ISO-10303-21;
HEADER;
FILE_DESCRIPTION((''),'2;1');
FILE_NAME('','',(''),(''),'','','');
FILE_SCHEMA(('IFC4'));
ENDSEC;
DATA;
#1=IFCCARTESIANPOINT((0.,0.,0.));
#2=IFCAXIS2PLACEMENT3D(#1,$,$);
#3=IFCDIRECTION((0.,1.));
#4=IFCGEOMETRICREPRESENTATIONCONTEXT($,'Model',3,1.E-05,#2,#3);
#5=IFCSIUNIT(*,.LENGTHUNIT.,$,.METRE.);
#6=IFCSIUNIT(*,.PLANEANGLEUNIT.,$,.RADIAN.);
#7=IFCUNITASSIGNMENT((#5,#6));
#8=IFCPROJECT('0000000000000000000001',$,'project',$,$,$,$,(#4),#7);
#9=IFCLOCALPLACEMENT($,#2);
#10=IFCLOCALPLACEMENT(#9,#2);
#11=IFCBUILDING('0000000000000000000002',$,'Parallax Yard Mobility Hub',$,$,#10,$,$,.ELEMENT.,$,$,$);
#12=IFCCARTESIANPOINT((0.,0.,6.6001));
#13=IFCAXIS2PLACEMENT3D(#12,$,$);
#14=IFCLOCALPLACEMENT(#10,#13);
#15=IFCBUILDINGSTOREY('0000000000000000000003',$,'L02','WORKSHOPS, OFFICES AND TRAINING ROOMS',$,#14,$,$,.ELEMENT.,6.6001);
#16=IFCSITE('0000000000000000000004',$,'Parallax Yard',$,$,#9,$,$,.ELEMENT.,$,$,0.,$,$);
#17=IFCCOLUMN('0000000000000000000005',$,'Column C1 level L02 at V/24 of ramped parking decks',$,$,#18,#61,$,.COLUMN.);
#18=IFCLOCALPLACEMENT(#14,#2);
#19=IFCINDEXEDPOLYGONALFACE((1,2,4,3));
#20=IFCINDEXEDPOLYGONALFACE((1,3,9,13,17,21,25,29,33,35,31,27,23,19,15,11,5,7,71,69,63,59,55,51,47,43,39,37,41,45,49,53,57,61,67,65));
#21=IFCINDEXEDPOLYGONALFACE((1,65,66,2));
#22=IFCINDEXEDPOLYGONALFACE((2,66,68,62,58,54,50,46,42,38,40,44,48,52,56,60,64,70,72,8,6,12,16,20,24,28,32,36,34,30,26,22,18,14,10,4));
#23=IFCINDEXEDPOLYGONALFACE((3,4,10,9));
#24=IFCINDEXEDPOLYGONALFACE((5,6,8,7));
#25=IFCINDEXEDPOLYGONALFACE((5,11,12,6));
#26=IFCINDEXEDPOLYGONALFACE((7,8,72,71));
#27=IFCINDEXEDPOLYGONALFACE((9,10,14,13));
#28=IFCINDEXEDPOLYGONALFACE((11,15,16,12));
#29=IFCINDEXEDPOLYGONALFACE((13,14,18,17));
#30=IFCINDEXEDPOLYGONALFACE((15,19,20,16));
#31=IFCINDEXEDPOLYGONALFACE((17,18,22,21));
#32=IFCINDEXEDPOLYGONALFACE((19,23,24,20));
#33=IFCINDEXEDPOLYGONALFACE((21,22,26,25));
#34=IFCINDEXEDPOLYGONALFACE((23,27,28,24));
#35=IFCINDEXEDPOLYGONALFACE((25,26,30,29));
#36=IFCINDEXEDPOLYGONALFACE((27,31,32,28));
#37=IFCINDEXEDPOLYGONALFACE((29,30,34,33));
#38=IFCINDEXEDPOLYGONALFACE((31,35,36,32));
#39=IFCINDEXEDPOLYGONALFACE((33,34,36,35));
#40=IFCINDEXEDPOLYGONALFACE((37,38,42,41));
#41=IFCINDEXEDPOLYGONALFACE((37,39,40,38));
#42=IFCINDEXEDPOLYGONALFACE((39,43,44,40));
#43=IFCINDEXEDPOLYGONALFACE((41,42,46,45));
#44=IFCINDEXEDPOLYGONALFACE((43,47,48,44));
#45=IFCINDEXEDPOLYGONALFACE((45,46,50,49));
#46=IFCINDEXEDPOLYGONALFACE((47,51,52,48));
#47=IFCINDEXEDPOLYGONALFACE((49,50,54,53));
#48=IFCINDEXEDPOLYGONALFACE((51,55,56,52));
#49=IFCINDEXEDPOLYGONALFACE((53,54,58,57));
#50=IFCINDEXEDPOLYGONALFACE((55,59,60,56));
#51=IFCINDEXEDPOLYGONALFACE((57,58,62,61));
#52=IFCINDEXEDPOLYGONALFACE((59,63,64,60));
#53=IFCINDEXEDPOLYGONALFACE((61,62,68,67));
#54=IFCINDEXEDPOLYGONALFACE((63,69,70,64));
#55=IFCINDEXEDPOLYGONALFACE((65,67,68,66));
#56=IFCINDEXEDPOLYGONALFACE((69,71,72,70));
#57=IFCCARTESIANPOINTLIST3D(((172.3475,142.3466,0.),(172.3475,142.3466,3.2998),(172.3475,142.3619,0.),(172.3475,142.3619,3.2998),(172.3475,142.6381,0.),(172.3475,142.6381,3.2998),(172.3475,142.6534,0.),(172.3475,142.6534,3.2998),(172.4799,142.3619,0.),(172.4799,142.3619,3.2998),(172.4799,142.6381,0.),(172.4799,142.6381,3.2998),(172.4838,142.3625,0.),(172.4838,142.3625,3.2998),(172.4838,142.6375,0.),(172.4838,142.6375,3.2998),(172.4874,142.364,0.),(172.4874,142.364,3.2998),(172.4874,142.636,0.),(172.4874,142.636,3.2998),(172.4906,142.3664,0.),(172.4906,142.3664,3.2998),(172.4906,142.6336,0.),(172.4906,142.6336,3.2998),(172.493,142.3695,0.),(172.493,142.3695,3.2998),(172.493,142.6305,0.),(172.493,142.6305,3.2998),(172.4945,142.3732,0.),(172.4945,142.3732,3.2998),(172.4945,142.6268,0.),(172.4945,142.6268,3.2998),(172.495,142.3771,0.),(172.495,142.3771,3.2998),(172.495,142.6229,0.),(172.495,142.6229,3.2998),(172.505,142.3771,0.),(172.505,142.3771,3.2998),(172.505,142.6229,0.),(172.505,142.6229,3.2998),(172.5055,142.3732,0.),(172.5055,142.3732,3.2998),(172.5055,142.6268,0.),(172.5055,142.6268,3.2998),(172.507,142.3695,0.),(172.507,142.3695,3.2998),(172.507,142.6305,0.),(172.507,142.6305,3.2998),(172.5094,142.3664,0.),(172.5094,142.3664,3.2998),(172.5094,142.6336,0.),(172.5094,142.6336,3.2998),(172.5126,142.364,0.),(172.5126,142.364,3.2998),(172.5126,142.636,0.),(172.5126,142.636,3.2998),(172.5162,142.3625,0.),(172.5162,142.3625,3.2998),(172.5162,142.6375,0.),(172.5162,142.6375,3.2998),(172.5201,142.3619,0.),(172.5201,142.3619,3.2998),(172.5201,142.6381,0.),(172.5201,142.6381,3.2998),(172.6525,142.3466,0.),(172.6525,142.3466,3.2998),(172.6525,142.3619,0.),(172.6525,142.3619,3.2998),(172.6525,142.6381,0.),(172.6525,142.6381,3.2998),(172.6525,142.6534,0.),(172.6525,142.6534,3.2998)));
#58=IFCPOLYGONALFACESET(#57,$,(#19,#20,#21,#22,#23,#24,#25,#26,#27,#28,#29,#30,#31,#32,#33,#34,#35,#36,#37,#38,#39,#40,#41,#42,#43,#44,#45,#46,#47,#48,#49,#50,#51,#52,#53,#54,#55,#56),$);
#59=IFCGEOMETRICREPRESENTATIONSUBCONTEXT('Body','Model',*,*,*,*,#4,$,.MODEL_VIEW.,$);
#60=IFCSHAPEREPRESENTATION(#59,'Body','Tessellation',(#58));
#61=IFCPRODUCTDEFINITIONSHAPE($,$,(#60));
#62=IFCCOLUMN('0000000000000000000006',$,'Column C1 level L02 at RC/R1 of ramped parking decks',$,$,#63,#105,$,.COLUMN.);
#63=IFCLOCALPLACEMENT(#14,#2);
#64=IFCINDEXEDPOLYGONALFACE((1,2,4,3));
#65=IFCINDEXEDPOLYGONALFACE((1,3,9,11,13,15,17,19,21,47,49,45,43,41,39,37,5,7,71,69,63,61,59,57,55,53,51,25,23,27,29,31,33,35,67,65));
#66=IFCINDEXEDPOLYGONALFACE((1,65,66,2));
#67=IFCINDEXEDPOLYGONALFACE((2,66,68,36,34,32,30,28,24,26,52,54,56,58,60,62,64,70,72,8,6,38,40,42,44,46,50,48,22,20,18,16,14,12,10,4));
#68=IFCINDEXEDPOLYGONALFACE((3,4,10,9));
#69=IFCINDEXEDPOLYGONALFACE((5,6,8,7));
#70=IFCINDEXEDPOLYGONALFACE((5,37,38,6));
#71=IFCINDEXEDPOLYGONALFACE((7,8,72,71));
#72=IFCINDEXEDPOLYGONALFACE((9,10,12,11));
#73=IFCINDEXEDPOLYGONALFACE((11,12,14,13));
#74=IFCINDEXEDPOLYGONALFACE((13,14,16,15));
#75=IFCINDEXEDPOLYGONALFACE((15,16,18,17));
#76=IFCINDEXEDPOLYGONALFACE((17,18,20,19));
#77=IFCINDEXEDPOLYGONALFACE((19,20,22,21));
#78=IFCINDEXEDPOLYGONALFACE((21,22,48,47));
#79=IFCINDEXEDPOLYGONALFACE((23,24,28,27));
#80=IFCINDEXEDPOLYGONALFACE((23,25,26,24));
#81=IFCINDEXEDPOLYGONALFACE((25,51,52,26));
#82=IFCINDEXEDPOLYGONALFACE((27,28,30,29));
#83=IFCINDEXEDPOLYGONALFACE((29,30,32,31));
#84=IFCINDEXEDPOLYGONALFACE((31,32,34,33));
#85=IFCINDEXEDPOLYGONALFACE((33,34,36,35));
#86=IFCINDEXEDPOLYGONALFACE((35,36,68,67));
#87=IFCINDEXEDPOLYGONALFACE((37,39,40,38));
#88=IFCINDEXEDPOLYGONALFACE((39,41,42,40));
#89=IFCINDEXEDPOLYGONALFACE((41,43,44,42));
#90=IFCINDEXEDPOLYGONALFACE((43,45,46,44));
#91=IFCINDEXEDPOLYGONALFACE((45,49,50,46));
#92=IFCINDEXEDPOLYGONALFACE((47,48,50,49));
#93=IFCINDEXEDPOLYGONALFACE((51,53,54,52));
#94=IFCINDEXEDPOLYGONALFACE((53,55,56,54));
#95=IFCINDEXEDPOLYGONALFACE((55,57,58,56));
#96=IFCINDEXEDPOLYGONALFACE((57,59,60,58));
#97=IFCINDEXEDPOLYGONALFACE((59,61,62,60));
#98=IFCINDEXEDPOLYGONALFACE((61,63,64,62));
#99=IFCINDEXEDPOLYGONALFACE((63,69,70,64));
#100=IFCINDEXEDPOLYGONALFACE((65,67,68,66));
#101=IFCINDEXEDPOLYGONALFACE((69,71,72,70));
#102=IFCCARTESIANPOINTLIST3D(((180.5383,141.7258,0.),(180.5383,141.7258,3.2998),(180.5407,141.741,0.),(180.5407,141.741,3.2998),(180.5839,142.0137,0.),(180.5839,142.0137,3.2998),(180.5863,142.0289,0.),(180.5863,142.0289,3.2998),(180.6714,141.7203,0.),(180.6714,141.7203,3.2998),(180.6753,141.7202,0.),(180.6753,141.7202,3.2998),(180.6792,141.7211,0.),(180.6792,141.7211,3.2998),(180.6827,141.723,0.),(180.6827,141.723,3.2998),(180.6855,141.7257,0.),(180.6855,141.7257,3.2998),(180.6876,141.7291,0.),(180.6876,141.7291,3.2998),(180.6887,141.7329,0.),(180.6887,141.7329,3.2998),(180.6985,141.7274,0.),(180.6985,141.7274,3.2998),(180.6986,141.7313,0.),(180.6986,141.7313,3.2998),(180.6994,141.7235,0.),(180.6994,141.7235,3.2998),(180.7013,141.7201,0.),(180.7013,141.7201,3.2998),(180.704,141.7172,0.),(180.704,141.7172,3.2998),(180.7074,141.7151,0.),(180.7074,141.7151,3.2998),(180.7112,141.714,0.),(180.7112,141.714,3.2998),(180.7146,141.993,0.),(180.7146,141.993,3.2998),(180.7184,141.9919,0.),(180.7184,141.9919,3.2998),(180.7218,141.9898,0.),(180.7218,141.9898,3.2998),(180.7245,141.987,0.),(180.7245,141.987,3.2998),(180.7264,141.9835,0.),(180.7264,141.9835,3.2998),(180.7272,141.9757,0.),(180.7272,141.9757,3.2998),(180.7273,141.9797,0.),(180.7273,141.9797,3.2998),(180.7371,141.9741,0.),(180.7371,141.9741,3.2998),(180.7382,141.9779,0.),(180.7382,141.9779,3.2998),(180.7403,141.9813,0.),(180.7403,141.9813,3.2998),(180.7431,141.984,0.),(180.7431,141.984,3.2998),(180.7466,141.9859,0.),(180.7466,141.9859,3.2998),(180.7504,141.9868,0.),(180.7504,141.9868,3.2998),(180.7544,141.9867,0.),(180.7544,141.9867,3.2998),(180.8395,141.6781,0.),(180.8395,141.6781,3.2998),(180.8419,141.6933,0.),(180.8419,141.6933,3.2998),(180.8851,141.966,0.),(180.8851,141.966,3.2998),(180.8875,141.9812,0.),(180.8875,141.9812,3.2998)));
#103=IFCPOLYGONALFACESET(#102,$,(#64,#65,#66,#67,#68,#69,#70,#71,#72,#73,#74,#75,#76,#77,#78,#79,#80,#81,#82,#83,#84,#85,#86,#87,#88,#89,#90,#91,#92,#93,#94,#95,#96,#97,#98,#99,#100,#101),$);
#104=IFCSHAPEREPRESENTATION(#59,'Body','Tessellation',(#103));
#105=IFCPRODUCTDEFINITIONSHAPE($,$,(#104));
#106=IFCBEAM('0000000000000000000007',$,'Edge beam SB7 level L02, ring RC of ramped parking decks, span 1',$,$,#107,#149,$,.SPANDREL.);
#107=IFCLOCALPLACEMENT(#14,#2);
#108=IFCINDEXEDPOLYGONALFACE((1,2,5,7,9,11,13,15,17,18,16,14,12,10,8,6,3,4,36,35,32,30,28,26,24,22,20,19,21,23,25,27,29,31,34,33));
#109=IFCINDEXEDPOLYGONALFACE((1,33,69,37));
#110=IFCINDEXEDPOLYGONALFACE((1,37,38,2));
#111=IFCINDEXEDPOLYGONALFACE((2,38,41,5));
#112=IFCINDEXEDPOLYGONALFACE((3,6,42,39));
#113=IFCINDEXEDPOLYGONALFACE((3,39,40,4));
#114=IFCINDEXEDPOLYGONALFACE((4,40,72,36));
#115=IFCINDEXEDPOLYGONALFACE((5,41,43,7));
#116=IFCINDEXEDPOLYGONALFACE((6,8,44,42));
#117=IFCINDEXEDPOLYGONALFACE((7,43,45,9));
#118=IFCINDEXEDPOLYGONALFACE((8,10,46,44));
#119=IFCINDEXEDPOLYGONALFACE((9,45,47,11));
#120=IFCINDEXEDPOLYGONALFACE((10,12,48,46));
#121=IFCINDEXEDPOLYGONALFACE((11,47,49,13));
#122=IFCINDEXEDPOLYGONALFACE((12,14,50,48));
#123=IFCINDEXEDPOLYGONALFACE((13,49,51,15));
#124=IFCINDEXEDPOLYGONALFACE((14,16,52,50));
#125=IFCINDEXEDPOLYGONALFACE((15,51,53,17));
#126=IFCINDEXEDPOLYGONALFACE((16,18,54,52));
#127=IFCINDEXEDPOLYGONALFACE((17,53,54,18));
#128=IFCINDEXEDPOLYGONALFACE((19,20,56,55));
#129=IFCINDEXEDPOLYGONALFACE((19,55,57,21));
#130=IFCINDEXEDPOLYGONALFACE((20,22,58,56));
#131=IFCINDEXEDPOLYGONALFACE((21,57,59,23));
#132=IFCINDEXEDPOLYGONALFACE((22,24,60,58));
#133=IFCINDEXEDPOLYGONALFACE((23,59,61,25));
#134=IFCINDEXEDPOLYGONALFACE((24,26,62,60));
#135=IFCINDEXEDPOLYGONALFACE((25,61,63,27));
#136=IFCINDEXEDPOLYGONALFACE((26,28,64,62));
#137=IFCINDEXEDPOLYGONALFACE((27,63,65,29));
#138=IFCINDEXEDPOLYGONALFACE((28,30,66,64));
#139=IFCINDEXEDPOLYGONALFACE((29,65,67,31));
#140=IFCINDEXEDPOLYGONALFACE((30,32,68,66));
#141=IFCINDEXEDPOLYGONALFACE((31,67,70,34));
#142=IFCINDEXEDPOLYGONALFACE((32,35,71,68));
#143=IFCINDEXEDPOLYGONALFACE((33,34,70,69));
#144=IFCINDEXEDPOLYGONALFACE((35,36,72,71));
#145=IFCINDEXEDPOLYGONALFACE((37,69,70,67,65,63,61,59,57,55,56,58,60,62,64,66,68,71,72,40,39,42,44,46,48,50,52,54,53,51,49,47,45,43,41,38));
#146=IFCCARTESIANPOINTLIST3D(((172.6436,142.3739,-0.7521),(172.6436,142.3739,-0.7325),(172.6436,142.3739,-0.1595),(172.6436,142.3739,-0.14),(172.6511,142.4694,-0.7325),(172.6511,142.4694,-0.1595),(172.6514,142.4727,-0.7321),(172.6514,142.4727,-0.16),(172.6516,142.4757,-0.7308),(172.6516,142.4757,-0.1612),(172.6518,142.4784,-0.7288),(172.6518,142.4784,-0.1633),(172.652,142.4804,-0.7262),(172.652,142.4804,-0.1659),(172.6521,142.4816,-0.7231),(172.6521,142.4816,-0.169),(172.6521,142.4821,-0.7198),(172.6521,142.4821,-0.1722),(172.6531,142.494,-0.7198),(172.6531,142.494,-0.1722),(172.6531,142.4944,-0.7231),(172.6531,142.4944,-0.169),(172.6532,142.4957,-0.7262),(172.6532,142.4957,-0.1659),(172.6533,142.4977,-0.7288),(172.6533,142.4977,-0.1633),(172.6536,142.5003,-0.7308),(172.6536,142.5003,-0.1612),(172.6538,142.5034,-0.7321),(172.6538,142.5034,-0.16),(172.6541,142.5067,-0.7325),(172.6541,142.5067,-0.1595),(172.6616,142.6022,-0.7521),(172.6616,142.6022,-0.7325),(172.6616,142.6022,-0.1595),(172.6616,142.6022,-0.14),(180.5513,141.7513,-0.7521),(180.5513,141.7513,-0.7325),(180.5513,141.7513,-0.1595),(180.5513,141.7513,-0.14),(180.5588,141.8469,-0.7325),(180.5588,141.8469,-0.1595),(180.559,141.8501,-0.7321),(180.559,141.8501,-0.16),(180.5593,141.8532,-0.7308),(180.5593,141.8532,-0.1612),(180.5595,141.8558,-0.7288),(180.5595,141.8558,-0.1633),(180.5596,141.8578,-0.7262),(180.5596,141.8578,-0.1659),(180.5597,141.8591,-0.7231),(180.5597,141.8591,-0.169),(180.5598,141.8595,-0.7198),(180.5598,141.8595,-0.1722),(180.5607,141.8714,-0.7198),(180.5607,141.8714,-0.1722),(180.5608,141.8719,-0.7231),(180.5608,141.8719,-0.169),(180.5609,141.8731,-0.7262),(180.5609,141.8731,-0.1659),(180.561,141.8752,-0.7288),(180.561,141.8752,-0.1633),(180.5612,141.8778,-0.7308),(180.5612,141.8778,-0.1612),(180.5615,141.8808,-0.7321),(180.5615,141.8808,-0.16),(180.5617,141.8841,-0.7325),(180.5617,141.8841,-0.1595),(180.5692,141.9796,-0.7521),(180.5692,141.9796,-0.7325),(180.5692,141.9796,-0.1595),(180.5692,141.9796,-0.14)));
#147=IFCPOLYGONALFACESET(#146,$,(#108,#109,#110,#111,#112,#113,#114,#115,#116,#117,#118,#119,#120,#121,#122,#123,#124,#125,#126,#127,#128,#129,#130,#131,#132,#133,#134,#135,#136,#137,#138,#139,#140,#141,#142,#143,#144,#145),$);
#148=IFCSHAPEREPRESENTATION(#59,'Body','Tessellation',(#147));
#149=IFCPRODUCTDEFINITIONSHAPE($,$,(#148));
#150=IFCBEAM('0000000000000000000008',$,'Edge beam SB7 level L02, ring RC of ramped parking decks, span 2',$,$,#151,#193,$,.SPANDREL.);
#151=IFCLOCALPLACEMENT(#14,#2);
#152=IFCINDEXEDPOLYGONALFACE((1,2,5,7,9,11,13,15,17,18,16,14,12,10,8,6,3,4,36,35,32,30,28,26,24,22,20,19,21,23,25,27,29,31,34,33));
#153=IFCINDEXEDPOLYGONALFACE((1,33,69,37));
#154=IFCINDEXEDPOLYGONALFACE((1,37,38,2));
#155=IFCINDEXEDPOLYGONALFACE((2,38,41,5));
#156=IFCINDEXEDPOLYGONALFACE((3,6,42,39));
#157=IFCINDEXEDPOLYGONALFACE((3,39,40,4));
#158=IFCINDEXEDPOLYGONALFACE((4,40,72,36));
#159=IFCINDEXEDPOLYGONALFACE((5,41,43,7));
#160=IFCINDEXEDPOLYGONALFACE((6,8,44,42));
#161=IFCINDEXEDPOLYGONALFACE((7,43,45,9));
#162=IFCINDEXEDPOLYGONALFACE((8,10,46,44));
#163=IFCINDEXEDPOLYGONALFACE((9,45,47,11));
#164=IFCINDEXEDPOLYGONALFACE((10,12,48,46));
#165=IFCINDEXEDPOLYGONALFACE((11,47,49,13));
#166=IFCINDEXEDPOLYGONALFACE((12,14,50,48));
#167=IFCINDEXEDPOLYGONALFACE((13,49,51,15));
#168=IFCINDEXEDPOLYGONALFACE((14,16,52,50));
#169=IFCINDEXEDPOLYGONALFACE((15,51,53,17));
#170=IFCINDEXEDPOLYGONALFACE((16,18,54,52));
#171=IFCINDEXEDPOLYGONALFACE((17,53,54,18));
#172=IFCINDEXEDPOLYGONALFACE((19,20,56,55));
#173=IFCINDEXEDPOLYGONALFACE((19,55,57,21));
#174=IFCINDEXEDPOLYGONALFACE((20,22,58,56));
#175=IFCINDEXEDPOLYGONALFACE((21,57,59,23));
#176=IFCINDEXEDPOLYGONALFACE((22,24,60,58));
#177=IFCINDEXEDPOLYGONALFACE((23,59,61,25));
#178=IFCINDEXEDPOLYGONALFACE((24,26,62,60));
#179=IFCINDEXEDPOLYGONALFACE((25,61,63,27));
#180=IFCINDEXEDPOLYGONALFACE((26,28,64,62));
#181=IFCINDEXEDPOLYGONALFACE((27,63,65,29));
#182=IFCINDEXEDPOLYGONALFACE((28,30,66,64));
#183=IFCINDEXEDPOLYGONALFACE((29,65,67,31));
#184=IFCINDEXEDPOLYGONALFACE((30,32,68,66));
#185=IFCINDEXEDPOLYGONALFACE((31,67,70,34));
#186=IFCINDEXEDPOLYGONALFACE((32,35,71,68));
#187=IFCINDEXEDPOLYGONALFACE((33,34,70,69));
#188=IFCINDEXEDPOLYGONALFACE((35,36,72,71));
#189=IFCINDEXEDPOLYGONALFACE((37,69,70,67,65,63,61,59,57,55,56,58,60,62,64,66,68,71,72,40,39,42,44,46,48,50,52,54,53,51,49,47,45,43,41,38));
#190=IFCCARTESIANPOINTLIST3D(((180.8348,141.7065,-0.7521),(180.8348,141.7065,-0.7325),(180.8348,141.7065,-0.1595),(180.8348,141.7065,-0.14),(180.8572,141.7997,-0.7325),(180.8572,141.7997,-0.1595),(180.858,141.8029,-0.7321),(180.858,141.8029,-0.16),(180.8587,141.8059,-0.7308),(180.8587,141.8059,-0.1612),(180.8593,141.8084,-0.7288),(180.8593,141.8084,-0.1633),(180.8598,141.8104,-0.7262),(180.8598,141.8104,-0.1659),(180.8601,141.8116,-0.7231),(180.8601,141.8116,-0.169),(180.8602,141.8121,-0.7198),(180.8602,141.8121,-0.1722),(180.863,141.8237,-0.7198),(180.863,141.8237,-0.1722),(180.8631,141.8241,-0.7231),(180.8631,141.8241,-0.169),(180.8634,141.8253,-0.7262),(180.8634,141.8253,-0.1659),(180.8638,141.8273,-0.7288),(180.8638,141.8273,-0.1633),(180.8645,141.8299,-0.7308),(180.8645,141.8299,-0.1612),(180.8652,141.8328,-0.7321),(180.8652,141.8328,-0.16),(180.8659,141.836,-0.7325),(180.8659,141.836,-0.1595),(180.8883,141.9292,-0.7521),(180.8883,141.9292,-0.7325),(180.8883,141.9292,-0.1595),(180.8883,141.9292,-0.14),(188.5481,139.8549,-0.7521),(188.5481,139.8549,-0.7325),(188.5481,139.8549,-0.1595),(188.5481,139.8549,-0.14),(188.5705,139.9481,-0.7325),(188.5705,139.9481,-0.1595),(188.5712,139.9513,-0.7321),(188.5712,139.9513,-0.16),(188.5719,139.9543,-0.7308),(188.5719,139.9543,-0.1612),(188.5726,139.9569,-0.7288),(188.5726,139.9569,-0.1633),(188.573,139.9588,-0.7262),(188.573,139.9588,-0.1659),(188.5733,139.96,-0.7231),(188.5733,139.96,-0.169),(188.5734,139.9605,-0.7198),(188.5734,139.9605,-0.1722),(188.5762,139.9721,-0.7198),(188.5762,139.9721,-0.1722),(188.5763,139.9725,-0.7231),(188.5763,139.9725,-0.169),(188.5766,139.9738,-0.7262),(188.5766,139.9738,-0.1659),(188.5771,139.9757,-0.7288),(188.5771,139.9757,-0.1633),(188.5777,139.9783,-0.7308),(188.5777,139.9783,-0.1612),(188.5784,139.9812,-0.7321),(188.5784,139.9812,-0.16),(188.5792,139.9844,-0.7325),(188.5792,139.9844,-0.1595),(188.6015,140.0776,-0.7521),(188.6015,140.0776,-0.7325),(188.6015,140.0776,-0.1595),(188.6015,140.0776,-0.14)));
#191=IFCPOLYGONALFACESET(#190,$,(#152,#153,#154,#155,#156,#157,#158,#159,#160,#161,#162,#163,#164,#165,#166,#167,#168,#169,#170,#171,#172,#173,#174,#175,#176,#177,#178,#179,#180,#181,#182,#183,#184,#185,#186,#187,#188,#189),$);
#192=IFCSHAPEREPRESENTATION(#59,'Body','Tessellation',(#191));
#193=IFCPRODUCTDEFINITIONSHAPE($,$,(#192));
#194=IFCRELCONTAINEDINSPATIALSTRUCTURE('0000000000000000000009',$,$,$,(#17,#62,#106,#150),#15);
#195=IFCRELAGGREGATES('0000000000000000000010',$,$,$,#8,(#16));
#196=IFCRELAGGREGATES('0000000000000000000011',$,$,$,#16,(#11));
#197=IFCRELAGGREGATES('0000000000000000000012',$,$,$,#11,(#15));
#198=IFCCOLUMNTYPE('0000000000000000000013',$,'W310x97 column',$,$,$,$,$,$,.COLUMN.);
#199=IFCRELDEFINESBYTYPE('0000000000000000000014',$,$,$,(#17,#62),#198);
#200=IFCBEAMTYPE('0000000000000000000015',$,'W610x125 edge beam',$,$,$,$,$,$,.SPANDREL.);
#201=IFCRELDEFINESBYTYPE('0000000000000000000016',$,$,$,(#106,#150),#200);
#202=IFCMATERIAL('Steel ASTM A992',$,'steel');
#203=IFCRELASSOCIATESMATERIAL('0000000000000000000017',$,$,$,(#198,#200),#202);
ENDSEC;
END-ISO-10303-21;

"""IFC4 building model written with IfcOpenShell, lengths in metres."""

from ifc_helpers import new_model, si_unit, direction, frame, origin, origin_2d, place, context, subcontext, project, spatial, i_section, extrude, material, material_profile, profile_set, type_object, element, save


model = new_model("IFC4")

# Units and contexts
model_context = context("Model", 3, precision=1e-05, world=origin(), true_north=direction((0.0, 1.0)))
body_context = subcontext(model_context, "Body", "Model", "MODEL_VIEW")
ifc_project = project(units=[si_unit("LENGTHUNIT", "METRE"), si_unit("PLANEANGLEUNIT", "RADIAN")], contexts=[model_context])

# Site, building, storey
site_placement = place(None, origin())
site = spatial("IfcSite", under=ifc_project, at=site_placement, Name="Parallax Yard", CompositionType="ELEMENT", RefElevation=0.0)
building_placement = place(site_placement, origin())
building = spatial("IfcBuilding", under=site, at=building_placement, Name="Parallax Yard Mobility Hub", CompositionType="ELEMENT")
storey_placement = place(building_placement, frame((0.0, 0.0, 6.6001)))
storey = spatial("IfcBuildingStorey", under=building, at=storey_placement, Name="L02", Description="WORKSHOPS, OFFICES AND TRAINING ROOMS", CompositionType="ELEMENT", Elevation=6.6001)

# Columns
ifc_material_1 = material(Name="Steel ASTM A992", Category="steel")
ifc_material_profile_1 = material_profile(ifc_material_1, i_section(OverallWidth=0.3049, OverallDepth=0.3069, WebThickness=0.01, FlangeThickness=0.0154, FilletRadius=0.0151, at=origin_2d()), Name="W310x97")
ifc_profile_set_1 = profile_set([ifc_material_profile_1], Name="Steel ASTM A992")
column_type = type_object("IfcColumnType", Name="W310x97 column", PredefinedType="COLUMN", material=ifc_profile_set_1)
for number, where, z_axis, x_axis, name in (
    (1, (172.5, 142.5, 0.0), (0.0, 0.0, 1.0), (1.0, 0.0, 0.0), "Column C1 level L02 at V/24 of ramped parking decks"),
    (2, (180.7129, 141.8535, 0.0), (0.0, 0.0, 1.0), (-0.987688, 0.156434, 0.0), "Column C1 level L02 at RC/R1 of ramped parking decks"),
):
    element("IfcColumn", number, at=place(storey_placement, frame(where, z_axis=z_axis, x_axis=x_axis)), inside=storey, type_object=column_type, Name=name, PredefinedType="COLUMN", context=body_context, shape_type="SweptSolid", body=[
        extrude(i_section(OverallWidth=0.3049, OverallDepth=0.3069, WebThickness=0.01, FlangeThickness=0.0154, FilletRadius=0.0151, at=origin_2d()), origin(), (0.0, 0.0, 1.0), 3.2998),
    ])

# Beams
ifc_material_profile_2 = material_profile(ifc_material_1, i_section(OverallWidth=0.229, OverallDepth=0.6121, WebThickness=0.012, FlangeThickness=0.0195, FilletRadius=0.0127, at=origin_2d()), Name="W610x125")
ifc_profile_set_2 = profile_set([ifc_material_profile_2], Name="Steel ASTM A992")
beam_type = type_object("IfcBeamType", Name="W610x125 edge beam", PredefinedType="SPANDREL", material=ifc_profile_set_2)
beam_1_placement = place(storey_placement, frame((172.6526, 142.488, -0.446), z_axis=(0.996915, -0.078485, 0.0), x_axis=(0.078485, 0.996915, 0.0)))
element("IfcBeam", 3, at=beam_1_placement, inside=storey, type_object=beam_type, Name="Edge beam SB7 level L02, ring RC of ramped parking decks, span 1", PredefinedType="SPANDREL", context=body_context, shape_type="SweptSolid", body=[
    extrude(i_section(OverallWidth=0.229, OverallDepth=0.6121, WebThickness=0.012, FlangeThickness=0.0195, FilletRadius=0.0127, at=origin_2d()), origin(), (0.0, 0.0, 1.0), 7.9321),
])
beam_2_placement = place(storey_placement, frame((180.8616, 141.8179, -0.446), z_axis=(0.972376, -0.233422, 0.0), x_axis=(0.233422, 0.972376, 0.0)))
element("IfcBeam", 4, at=beam_2_placement, inside=storey, type_object=beam_type, Name="Edge beam SB7 level L02, ring RC of ramped parking decks, span 2", PredefinedType="SPANDREL", context=body_context, shape_type="SweptSolid", body=[
    extrude(i_section(OverallWidth=0.229, OverallDepth=0.6121, WebThickness=0.012, FlangeThickness=0.0195, FilletRadius=0.0127, at=origin_2d()), origin(), (0.0, 0.0, 1.0), 7.9324),
])

save(model, "model.ifc")
